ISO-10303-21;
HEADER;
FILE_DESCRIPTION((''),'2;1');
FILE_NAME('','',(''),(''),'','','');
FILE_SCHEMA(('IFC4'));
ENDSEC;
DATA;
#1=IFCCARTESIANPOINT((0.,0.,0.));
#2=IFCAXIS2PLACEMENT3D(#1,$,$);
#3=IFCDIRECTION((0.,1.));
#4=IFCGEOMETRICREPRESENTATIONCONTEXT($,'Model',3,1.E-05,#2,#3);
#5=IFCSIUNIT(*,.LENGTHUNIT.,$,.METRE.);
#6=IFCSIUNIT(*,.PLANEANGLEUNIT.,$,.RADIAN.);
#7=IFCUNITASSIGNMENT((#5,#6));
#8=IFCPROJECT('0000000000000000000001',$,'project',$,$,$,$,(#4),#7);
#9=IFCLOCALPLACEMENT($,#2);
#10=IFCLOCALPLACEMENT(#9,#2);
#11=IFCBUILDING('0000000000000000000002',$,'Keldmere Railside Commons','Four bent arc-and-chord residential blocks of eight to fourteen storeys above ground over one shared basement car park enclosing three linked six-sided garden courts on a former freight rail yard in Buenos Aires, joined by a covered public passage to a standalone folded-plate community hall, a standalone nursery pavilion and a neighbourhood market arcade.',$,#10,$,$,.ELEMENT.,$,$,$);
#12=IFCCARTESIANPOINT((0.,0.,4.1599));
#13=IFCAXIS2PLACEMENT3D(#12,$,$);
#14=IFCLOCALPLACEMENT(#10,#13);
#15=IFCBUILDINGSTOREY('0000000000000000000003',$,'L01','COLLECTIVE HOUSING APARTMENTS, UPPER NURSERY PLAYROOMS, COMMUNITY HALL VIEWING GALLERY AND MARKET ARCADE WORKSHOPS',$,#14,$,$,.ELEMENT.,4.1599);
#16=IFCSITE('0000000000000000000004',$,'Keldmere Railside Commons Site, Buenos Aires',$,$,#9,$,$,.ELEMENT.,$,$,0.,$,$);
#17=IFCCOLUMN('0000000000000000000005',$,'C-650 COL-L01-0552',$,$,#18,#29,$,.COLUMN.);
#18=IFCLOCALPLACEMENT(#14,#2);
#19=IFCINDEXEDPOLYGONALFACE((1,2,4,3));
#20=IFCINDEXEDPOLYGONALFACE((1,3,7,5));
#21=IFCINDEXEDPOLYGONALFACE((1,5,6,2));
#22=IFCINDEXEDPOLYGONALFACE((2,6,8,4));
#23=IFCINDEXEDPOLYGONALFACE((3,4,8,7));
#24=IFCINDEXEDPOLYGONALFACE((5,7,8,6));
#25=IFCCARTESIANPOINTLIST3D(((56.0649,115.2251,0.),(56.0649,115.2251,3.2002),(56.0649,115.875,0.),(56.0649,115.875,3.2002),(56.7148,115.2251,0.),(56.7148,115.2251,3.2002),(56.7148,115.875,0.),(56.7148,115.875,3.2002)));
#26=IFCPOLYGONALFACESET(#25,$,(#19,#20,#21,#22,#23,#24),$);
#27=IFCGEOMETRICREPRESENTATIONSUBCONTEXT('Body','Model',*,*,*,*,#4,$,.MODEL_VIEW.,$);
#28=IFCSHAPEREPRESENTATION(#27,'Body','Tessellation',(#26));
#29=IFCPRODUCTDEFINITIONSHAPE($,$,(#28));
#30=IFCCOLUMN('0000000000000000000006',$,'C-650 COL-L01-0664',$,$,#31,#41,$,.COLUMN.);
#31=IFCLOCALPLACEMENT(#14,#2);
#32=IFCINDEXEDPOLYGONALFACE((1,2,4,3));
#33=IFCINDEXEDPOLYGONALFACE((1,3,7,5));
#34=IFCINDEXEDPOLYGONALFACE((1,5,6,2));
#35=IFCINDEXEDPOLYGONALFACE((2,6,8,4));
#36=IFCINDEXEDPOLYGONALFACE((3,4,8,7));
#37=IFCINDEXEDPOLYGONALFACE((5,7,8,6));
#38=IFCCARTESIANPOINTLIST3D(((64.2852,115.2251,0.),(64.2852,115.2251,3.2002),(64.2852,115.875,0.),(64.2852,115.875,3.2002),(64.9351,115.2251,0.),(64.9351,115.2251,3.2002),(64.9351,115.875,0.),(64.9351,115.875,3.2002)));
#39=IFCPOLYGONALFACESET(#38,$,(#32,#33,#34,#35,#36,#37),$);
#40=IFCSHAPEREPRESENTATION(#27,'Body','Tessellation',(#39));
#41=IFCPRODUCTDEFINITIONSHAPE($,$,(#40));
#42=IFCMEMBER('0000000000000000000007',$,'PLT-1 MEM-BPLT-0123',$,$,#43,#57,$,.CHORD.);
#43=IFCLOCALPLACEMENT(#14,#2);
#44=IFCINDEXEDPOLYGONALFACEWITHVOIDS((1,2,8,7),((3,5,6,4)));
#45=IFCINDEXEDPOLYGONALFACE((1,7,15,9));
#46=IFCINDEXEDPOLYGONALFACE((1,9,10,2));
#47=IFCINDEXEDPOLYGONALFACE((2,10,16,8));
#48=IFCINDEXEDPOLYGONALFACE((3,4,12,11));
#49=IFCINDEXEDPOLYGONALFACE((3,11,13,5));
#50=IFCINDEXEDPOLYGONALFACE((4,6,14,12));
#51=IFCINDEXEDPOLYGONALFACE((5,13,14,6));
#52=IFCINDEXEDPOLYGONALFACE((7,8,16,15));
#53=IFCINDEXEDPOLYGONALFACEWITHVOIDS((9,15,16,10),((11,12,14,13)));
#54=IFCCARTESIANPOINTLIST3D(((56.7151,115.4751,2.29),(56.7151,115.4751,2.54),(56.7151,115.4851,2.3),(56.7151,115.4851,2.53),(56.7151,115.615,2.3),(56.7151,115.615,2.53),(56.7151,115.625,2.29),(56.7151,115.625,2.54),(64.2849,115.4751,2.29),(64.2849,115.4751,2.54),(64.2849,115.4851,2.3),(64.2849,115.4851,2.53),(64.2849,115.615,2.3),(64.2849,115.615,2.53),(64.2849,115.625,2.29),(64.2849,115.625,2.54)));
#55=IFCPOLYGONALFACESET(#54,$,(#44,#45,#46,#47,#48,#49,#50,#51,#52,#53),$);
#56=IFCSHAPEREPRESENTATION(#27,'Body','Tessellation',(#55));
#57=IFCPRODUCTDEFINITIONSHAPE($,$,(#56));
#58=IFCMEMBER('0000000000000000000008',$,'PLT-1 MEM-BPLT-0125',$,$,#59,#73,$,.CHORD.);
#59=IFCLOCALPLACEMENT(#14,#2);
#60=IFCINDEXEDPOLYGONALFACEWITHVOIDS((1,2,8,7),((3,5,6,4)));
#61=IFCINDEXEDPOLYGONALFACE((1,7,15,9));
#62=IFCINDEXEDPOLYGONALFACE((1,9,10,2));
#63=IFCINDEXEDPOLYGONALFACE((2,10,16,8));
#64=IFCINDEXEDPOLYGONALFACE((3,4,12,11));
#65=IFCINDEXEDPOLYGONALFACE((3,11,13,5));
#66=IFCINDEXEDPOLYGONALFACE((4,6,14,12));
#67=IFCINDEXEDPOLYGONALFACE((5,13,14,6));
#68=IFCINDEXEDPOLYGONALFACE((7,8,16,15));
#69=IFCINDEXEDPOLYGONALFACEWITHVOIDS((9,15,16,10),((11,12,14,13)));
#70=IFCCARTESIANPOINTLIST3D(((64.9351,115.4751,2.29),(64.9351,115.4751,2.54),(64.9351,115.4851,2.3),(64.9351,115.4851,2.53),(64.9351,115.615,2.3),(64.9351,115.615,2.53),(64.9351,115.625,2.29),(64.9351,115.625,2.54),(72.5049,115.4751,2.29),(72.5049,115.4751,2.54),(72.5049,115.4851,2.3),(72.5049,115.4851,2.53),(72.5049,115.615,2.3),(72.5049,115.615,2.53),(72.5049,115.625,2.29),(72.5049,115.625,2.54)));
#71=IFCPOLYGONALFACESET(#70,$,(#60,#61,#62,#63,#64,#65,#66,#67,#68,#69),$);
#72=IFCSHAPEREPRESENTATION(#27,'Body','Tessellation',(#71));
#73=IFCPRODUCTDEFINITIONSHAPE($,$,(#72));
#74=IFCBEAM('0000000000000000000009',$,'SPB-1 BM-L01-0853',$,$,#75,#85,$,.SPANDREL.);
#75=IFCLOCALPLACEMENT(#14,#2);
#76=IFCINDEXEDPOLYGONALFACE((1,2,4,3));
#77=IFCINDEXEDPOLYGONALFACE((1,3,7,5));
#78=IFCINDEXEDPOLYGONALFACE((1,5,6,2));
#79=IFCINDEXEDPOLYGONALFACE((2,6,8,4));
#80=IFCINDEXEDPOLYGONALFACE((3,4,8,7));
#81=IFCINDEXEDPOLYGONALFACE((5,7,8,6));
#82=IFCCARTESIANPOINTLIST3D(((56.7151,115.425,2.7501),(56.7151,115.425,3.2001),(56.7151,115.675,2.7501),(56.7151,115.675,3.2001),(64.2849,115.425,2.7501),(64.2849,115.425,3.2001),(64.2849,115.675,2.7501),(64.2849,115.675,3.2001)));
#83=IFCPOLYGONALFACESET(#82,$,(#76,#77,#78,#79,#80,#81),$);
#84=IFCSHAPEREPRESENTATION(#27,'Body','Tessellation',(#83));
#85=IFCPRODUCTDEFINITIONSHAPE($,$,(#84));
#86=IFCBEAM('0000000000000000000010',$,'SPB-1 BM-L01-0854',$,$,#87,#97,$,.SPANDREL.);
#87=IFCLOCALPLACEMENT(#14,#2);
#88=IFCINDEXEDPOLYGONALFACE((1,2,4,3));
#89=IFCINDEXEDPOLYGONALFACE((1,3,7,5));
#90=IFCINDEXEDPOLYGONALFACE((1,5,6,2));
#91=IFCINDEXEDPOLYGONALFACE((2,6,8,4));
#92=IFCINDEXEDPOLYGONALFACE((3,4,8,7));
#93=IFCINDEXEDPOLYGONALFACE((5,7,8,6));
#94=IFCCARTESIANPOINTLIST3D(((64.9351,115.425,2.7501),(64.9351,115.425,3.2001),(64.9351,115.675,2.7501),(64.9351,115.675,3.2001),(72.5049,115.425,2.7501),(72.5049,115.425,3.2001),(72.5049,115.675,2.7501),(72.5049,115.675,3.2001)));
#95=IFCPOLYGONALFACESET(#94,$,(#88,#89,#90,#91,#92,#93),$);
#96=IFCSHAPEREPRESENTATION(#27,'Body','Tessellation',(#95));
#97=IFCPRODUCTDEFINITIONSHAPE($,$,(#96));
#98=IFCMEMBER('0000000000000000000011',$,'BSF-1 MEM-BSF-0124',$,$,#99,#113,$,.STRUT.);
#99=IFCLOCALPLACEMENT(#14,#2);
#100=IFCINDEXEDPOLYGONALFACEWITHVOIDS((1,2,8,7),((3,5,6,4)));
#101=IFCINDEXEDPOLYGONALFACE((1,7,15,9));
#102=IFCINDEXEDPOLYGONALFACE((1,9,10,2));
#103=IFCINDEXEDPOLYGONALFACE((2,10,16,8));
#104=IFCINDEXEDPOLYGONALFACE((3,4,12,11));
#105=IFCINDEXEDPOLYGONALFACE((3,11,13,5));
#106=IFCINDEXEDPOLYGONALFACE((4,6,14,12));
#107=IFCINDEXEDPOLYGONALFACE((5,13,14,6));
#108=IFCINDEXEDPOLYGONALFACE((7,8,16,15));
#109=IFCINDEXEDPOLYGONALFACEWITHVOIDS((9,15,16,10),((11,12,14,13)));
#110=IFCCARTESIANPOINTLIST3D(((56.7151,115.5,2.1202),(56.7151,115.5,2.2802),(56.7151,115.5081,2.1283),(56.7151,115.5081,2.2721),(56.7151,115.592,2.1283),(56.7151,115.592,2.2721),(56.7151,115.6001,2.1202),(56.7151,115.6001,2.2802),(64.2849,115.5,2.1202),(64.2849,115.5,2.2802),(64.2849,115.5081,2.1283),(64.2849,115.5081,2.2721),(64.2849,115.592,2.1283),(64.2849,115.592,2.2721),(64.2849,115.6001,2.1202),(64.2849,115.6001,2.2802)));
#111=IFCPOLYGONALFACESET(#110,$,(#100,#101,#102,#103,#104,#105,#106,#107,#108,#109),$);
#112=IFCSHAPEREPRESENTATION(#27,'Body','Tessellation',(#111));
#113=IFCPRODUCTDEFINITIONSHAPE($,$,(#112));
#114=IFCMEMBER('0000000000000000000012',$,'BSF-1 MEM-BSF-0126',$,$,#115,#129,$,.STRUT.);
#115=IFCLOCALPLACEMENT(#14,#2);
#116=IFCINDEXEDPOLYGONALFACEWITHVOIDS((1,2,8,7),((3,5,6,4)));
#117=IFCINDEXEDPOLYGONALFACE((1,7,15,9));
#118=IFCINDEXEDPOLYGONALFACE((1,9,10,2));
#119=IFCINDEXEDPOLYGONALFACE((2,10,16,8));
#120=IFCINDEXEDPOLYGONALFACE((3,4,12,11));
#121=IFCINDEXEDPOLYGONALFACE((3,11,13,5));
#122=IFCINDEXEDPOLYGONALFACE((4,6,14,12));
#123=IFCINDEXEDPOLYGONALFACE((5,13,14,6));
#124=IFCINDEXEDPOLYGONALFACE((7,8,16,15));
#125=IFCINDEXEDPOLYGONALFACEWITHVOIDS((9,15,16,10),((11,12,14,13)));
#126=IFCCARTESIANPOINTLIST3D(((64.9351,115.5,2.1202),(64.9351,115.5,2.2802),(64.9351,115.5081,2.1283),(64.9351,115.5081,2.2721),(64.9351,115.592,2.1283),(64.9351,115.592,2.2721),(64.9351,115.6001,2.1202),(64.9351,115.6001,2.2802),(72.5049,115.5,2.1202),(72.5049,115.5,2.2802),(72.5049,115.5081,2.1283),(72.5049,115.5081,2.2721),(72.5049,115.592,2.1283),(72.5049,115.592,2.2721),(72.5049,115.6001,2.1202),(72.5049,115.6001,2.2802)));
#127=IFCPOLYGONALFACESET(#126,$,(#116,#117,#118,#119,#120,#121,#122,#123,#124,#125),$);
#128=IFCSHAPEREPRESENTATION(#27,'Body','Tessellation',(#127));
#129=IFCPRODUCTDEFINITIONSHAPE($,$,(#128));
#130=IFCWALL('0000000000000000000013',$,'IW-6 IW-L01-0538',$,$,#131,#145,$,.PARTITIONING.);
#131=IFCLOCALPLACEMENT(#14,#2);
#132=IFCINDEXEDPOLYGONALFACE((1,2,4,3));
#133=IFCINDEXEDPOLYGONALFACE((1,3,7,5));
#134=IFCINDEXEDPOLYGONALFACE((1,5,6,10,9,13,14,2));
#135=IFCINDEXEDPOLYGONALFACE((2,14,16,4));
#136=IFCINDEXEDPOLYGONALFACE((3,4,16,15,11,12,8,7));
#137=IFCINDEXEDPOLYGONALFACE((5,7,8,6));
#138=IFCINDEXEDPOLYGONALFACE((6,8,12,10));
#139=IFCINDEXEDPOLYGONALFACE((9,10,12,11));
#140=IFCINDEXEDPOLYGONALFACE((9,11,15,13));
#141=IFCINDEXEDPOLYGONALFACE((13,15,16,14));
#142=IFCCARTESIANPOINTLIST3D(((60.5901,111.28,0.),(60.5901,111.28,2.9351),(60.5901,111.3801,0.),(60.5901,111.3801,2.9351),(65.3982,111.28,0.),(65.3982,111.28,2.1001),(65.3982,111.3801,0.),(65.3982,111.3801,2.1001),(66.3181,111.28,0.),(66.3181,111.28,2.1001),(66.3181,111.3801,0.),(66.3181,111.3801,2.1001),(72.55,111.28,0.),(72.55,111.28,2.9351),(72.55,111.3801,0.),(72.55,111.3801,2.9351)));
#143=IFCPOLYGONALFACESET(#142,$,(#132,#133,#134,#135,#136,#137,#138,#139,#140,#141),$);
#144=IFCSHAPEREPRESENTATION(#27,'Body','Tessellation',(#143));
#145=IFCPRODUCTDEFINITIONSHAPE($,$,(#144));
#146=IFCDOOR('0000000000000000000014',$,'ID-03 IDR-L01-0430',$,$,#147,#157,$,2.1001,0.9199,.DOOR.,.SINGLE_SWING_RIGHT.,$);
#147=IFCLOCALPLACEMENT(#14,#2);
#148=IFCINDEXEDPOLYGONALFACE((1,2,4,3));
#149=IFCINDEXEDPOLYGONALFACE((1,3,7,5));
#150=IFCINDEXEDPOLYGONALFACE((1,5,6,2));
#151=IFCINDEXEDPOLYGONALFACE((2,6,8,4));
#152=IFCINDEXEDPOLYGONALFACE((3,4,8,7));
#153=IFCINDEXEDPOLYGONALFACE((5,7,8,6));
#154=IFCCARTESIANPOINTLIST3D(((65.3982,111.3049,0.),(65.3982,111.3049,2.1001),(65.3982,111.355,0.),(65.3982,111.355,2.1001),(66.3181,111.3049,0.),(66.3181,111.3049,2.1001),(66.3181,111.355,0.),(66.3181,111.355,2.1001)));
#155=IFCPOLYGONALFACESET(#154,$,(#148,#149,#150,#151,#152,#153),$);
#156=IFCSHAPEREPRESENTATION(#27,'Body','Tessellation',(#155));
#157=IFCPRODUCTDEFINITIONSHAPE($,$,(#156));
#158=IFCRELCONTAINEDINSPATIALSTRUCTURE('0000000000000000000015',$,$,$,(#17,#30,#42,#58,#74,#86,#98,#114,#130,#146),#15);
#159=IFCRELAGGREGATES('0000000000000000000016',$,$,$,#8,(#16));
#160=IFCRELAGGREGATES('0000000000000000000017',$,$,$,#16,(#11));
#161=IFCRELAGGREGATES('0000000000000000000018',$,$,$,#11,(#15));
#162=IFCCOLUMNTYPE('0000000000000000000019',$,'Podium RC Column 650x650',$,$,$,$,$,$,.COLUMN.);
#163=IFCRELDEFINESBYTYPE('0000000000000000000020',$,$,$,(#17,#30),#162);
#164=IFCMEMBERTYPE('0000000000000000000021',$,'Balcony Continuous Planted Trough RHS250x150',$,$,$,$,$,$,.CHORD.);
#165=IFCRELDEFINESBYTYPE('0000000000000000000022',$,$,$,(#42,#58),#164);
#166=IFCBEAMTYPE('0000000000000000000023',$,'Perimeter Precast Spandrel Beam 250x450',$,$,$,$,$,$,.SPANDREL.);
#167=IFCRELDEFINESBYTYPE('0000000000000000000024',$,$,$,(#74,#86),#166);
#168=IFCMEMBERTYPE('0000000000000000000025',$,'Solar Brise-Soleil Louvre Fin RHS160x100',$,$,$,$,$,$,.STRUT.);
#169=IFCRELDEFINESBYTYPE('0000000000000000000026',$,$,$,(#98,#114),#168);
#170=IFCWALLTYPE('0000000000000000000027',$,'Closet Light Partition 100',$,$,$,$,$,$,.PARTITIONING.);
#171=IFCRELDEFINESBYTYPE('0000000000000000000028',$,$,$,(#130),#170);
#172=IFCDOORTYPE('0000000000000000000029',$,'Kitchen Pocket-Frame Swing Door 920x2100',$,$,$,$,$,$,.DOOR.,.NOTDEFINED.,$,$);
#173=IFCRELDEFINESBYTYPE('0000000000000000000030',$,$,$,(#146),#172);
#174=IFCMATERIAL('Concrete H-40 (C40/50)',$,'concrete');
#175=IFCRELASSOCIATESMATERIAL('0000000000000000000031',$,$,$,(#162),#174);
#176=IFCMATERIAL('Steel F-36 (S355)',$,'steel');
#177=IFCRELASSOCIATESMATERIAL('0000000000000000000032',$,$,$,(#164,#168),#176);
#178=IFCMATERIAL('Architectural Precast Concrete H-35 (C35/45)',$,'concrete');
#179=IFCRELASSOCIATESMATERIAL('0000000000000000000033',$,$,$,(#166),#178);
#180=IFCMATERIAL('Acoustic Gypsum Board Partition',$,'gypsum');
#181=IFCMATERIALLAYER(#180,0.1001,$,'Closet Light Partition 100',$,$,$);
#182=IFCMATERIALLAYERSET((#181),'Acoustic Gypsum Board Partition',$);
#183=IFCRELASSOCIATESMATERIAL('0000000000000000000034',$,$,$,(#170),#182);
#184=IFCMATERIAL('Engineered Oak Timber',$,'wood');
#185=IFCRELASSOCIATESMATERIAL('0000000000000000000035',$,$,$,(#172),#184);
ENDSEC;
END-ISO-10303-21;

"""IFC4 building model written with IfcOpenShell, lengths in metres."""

from ifc_helpers import new_model, si_unit, direction, frame, frame_2d, origin, origin_2d, place, context, subcontext, project, spatial, rectangle, hollow_rectangle, extrude, material, layer, layer_set, material_profile, profile_set, type_object, element, fill, save


model = new_model("IFC4")

# Units and contexts
model_context = context("Model", 3, precision=1e-05, world=origin(), true_north=direction((0.0, 1.0)))
body_context = subcontext(model_context, "Body", "Model", "MODEL_VIEW")
ifc_project = project(units=[si_unit("LENGTHUNIT", "METRE"), si_unit("PLANEANGLEUNIT", "RADIAN")], contexts=[model_context])

# Site, building, storey
site_placement = place(None, origin())
site = spatial("IfcSite", under=ifc_project, at=site_placement, Name="Keldmere Railside Commons Site, Buenos Aires", CompositionType="ELEMENT", RefElevation=0.0)
building_placement = place(site_placement, origin())
building = spatial("IfcBuilding", under=site, at=building_placement, Name="Keldmere Railside Commons", Description="Four bent arc-and-chord residential blocks of eight to fourteen storeys above ground over one shared basement car park enclosing three linked six-sided garden courts on a former freight rail yard in Buenos Aires, joined by a covered public passage to a standalone folded-plate community hall, a standalone nursery pavilion and a neighbourhood market arcade.", CompositionType="ELEMENT")
storey_placement = place(building_placement, frame((0.0, 0.0, 4.1599)))
storey = spatial("IfcBuildingStorey", under=building, at=storey_placement, Name="L01", Description="COLLECTIVE HOUSING APARTMENTS, UPPER NURSERY PLAYROOMS, COMMUNITY HALL VIEWING GALLERY AND MARKET ARCADE WORKSHOPS", CompositionType="ELEMENT", Elevation=4.1599)

# Columns
ifc_material_1 = material(Name="Concrete H-40 (C40/50)", Category="concrete")
ifc_material_profile_1 = material_profile(ifc_material_1, rectangle(XDim=0.6499, YDim=0.6499, at=origin_2d()), Name="RC-650x650")
ifc_profile_set_1 = profile_set([ifc_material_profile_1], Name="Concrete H-40 (C40/50)")
column_type = type_object("IfcColumnType", Name="Podium RC Column 650x650", PredefinedType="COLUMN", material=ifc_profile_set_1)
for number, where, z_axis, x_axis, name in (
    (1, (56.3899, 115.55, 0.0), (0.0, 0.0, 1.0), (1.0, 0.0, 0.0), "C-650 COL-L01-0552"),
    (2, (64.6101, 115.55, 0.0), (0.0, 0.0, 1.0), (1.0, 0.0, 0.0), "C-650 COL-L01-0664"),
):
    element("IfcColumn", number, at=place(storey_placement, frame(where, z_axis=z_axis, x_axis=x_axis)), inside=storey, type_object=column_type, Name=name, PredefinedType="COLUMN", context=body_context, shape_type="SweptSolid", body=[
        extrude(rectangle(XDim=0.6499, YDim=0.6499, at=origin_2d()), origin(), (0.0, 0.0, 1.0), 3.2002),
    ])

# Members
ifc_material_2 = material(Name="Steel F-36 (S355)", Category="steel")
ifc_material_profile_2 = material_profile(ifc_material_2, hollow_rectangle(XDim=0.1499, YDim=0.25, WallThickness=0.01, at=origin_2d()), Name="RHS-250x150x10")
ifc_profile_set_2 = profile_set([ifc_material_profile_2], Name="Steel F-36 (S355)")
member_type_1 = type_object("IfcMemberType", Name="Balcony Continuous Planted Trough RHS250x150", PredefinedType="CHORD", material=ifc_profile_set_2)
for number, where, z_axis, x_axis, name in (
    (3, (56.7151, 115.55, 2.415), (1.0, 0.0, 0.0), (0.0, 1.0, 0.0), "PLT-1 MEM-BPLT-0123"),
    (4, (64.9351, 115.55, 2.415), (1.0, 0.0, 0.0), (0.0, 1.0, 0.0), "PLT-1 MEM-BPLT-0125"),
):
    element("IfcMember", number, at=place(storey_placement, frame(where, z_axis=z_axis, x_axis=x_axis)), inside=storey, type_object=member_type_1, Name=name, PredefinedType="CHORD", context=body_context, shape_type="SweptSolid", body=[
        extrude(hollow_rectangle(XDim=0.1499, YDim=0.25, WallThickness=0.01, at=origin_2d()), origin(), (0.0, 0.0, 1.0), 7.5698),
    ])

# Beams
ifc_material_3 = material(Name="Architectural Precast Concrete H-35 (C35/45)", Category="concrete")
ifc_material_profile_3 = material_profile(ifc_material_3, rectangle(XDim=0.25, YDim=0.45, at=origin_2d()), Name="RC-250x450")
ifc_profile_set_3 = profile_set([ifc_material_profile_3], Name="Architectural Precast Concrete H-35 (C35/45)")
beam_type = type_object("IfcBeamType", Name="Perimeter Precast Spandrel Beam 250x450", PredefinedType="SPANDREL", material=ifc_profile_set_3)
for number, where, z_axis, x_axis, name in (
    (5, (56.7151, 115.55, 2.9751), (1.0, 0.0, 0.0), (0.0, 1.0, 0.0), "SPB-1 BM-L01-0853"),
    (6, (64.9351, 115.55, 2.9751), (1.0, 0.0, 0.0), (0.0, 1.0, 0.0), "SPB-1 BM-L01-0854"),
):
    element("IfcBeam", number, at=place(storey_placement, frame(where, z_axis=z_axis, x_axis=x_axis)), inside=storey, type_object=beam_type, Name=name, PredefinedType="SPANDREL", context=body_context, shape_type="SweptSolid", body=[
        extrude(rectangle(XDim=0.25, YDim=0.45, at=origin_2d()), origin(), (0.0, 0.0, 1.0), 7.5698),
    ])

# Members
ifc_material_profile_4 = material_profile(ifc_material_2, hollow_rectangle(XDim=0.1001, YDim=0.1599, WallThickness=0.0081, at=origin_2d()), Name="RHS-160x100x8")
ifc_profile_set_4 = profile_set([ifc_material_profile_4], Name="Steel F-36 (S355)")
member_type_2 = type_object("IfcMemberType", Name="Solar Brise-Soleil Louvre Fin RHS160x100", PredefinedType="STRUT", material=ifc_profile_set_4)
for number, where, z_axis, x_axis, name in (
    (7, (56.7151, 115.55, 2.2002), (1.0, 0.0, 0.0), (0.0, 1.0, 0.0), "BSF-1 MEM-BSF-0124"),
    (8, (64.9351, 115.55, 2.2002), (1.0, 0.0, 0.0), (0.0, 1.0, 0.0), "BSF-1 MEM-BSF-0126"),
):
    element("IfcMember", number, at=place(storey_placement, frame(where, z_axis=z_axis, x_axis=x_axis)), inside=storey, type_object=member_type_2, Name=name, PredefinedType="STRUT", context=body_context, shape_type="SweptSolid", body=[
        extrude(hollow_rectangle(XDim=0.1001, YDim=0.1599, WallThickness=0.0081, at=origin_2d()), origin(), (0.0, 0.0, 1.0), 7.5698),
    ])

# Wall, opening, door
ifc_material_4 = material(Name="Acoustic Gypsum Board Partition", Category="gypsum")
ifc_layer = layer(ifc_material_4, 0.1001, Name="Closet Light Partition 100")
ifc_layer_set = layer_set([ifc_layer], Name="Acoustic Gypsum Board Partition")
wall_type = type_object("IfcWallType", Name="Closet Light Partition 100", PredefinedType="PARTITIONING", material=ifc_layer_set)
wall_placement = place(storey_placement, frame((60.5901, 111.3301, 0.0), z_axis=(0.0, 0.0, 1.0), x_axis=(1.0, 0.0, 0.0)))
wall = element("IfcWall", 9, at=wall_placement, inside=storey, type_object=wall_type, Name="IW-6 IW-L01-0538", PredefinedType="PARTITIONING", context=body_context, shape_type="SweptSolid", body=[
    extrude(rectangle(XDim=11.96, YDim=0.1001, at=frame_2d((5.98, 0.0))), origin(), (0.0, 0.0, 1.0), 2.9351),
])
opening_placement = place(wall_placement, frame((4.8081, 0.0, 0.0)))
opening = element("IfcOpeningElement", 10, at=opening_placement, cuts=wall, PredefinedType="OPENING", context=body_context, shape_type="SweptSolid", body=[
    extrude(rectangle(XDim=0.9199, YDim=2.1001, at=frame_2d((0.46, 1.05))), frame((0.0, 0.0601, 0.0), z_axis=(0.0, -1.0, 0.0), x_axis=(1.0, 0.0, 0.0)), (0.0, 0.0, 1.0), 0.1201),
])
ifc_material_5 = material(Name="Engineered Oak Timber", Category="wood")
door_type = type_object("IfcDoorType", Name="Kitchen Pocket-Frame Swing Door 920x2100", OperationType="NOTDEFINED", PredefinedType="DOOR", material=ifc_material_5)
door_placement = place(opening_placement, origin())
door = element("IfcDoor", 11, at=door_placement, inside=storey, type_object=door_type, Name="ID-03 IDR-L01-0430", OperationType="SINGLE_SWING_RIGHT", OverallHeight=2.1001, OverallWidth=0.9199, PredefinedType="DOOR", context=body_context, shape_type="SweptSolid", body=[
    extrude(rectangle(XDim=0.9199, YDim=2.1001, at=frame_2d((0.46, 1.05))), frame((0.0, 0.0249, 0.0), z_axis=(0.0, -1.0, 0.0), x_axis=(1.0, 0.0, 0.0)), (0.0, 0.0, 1.0), 0.05),
])
fill(opening, door)

save(model, "model.ifc")
